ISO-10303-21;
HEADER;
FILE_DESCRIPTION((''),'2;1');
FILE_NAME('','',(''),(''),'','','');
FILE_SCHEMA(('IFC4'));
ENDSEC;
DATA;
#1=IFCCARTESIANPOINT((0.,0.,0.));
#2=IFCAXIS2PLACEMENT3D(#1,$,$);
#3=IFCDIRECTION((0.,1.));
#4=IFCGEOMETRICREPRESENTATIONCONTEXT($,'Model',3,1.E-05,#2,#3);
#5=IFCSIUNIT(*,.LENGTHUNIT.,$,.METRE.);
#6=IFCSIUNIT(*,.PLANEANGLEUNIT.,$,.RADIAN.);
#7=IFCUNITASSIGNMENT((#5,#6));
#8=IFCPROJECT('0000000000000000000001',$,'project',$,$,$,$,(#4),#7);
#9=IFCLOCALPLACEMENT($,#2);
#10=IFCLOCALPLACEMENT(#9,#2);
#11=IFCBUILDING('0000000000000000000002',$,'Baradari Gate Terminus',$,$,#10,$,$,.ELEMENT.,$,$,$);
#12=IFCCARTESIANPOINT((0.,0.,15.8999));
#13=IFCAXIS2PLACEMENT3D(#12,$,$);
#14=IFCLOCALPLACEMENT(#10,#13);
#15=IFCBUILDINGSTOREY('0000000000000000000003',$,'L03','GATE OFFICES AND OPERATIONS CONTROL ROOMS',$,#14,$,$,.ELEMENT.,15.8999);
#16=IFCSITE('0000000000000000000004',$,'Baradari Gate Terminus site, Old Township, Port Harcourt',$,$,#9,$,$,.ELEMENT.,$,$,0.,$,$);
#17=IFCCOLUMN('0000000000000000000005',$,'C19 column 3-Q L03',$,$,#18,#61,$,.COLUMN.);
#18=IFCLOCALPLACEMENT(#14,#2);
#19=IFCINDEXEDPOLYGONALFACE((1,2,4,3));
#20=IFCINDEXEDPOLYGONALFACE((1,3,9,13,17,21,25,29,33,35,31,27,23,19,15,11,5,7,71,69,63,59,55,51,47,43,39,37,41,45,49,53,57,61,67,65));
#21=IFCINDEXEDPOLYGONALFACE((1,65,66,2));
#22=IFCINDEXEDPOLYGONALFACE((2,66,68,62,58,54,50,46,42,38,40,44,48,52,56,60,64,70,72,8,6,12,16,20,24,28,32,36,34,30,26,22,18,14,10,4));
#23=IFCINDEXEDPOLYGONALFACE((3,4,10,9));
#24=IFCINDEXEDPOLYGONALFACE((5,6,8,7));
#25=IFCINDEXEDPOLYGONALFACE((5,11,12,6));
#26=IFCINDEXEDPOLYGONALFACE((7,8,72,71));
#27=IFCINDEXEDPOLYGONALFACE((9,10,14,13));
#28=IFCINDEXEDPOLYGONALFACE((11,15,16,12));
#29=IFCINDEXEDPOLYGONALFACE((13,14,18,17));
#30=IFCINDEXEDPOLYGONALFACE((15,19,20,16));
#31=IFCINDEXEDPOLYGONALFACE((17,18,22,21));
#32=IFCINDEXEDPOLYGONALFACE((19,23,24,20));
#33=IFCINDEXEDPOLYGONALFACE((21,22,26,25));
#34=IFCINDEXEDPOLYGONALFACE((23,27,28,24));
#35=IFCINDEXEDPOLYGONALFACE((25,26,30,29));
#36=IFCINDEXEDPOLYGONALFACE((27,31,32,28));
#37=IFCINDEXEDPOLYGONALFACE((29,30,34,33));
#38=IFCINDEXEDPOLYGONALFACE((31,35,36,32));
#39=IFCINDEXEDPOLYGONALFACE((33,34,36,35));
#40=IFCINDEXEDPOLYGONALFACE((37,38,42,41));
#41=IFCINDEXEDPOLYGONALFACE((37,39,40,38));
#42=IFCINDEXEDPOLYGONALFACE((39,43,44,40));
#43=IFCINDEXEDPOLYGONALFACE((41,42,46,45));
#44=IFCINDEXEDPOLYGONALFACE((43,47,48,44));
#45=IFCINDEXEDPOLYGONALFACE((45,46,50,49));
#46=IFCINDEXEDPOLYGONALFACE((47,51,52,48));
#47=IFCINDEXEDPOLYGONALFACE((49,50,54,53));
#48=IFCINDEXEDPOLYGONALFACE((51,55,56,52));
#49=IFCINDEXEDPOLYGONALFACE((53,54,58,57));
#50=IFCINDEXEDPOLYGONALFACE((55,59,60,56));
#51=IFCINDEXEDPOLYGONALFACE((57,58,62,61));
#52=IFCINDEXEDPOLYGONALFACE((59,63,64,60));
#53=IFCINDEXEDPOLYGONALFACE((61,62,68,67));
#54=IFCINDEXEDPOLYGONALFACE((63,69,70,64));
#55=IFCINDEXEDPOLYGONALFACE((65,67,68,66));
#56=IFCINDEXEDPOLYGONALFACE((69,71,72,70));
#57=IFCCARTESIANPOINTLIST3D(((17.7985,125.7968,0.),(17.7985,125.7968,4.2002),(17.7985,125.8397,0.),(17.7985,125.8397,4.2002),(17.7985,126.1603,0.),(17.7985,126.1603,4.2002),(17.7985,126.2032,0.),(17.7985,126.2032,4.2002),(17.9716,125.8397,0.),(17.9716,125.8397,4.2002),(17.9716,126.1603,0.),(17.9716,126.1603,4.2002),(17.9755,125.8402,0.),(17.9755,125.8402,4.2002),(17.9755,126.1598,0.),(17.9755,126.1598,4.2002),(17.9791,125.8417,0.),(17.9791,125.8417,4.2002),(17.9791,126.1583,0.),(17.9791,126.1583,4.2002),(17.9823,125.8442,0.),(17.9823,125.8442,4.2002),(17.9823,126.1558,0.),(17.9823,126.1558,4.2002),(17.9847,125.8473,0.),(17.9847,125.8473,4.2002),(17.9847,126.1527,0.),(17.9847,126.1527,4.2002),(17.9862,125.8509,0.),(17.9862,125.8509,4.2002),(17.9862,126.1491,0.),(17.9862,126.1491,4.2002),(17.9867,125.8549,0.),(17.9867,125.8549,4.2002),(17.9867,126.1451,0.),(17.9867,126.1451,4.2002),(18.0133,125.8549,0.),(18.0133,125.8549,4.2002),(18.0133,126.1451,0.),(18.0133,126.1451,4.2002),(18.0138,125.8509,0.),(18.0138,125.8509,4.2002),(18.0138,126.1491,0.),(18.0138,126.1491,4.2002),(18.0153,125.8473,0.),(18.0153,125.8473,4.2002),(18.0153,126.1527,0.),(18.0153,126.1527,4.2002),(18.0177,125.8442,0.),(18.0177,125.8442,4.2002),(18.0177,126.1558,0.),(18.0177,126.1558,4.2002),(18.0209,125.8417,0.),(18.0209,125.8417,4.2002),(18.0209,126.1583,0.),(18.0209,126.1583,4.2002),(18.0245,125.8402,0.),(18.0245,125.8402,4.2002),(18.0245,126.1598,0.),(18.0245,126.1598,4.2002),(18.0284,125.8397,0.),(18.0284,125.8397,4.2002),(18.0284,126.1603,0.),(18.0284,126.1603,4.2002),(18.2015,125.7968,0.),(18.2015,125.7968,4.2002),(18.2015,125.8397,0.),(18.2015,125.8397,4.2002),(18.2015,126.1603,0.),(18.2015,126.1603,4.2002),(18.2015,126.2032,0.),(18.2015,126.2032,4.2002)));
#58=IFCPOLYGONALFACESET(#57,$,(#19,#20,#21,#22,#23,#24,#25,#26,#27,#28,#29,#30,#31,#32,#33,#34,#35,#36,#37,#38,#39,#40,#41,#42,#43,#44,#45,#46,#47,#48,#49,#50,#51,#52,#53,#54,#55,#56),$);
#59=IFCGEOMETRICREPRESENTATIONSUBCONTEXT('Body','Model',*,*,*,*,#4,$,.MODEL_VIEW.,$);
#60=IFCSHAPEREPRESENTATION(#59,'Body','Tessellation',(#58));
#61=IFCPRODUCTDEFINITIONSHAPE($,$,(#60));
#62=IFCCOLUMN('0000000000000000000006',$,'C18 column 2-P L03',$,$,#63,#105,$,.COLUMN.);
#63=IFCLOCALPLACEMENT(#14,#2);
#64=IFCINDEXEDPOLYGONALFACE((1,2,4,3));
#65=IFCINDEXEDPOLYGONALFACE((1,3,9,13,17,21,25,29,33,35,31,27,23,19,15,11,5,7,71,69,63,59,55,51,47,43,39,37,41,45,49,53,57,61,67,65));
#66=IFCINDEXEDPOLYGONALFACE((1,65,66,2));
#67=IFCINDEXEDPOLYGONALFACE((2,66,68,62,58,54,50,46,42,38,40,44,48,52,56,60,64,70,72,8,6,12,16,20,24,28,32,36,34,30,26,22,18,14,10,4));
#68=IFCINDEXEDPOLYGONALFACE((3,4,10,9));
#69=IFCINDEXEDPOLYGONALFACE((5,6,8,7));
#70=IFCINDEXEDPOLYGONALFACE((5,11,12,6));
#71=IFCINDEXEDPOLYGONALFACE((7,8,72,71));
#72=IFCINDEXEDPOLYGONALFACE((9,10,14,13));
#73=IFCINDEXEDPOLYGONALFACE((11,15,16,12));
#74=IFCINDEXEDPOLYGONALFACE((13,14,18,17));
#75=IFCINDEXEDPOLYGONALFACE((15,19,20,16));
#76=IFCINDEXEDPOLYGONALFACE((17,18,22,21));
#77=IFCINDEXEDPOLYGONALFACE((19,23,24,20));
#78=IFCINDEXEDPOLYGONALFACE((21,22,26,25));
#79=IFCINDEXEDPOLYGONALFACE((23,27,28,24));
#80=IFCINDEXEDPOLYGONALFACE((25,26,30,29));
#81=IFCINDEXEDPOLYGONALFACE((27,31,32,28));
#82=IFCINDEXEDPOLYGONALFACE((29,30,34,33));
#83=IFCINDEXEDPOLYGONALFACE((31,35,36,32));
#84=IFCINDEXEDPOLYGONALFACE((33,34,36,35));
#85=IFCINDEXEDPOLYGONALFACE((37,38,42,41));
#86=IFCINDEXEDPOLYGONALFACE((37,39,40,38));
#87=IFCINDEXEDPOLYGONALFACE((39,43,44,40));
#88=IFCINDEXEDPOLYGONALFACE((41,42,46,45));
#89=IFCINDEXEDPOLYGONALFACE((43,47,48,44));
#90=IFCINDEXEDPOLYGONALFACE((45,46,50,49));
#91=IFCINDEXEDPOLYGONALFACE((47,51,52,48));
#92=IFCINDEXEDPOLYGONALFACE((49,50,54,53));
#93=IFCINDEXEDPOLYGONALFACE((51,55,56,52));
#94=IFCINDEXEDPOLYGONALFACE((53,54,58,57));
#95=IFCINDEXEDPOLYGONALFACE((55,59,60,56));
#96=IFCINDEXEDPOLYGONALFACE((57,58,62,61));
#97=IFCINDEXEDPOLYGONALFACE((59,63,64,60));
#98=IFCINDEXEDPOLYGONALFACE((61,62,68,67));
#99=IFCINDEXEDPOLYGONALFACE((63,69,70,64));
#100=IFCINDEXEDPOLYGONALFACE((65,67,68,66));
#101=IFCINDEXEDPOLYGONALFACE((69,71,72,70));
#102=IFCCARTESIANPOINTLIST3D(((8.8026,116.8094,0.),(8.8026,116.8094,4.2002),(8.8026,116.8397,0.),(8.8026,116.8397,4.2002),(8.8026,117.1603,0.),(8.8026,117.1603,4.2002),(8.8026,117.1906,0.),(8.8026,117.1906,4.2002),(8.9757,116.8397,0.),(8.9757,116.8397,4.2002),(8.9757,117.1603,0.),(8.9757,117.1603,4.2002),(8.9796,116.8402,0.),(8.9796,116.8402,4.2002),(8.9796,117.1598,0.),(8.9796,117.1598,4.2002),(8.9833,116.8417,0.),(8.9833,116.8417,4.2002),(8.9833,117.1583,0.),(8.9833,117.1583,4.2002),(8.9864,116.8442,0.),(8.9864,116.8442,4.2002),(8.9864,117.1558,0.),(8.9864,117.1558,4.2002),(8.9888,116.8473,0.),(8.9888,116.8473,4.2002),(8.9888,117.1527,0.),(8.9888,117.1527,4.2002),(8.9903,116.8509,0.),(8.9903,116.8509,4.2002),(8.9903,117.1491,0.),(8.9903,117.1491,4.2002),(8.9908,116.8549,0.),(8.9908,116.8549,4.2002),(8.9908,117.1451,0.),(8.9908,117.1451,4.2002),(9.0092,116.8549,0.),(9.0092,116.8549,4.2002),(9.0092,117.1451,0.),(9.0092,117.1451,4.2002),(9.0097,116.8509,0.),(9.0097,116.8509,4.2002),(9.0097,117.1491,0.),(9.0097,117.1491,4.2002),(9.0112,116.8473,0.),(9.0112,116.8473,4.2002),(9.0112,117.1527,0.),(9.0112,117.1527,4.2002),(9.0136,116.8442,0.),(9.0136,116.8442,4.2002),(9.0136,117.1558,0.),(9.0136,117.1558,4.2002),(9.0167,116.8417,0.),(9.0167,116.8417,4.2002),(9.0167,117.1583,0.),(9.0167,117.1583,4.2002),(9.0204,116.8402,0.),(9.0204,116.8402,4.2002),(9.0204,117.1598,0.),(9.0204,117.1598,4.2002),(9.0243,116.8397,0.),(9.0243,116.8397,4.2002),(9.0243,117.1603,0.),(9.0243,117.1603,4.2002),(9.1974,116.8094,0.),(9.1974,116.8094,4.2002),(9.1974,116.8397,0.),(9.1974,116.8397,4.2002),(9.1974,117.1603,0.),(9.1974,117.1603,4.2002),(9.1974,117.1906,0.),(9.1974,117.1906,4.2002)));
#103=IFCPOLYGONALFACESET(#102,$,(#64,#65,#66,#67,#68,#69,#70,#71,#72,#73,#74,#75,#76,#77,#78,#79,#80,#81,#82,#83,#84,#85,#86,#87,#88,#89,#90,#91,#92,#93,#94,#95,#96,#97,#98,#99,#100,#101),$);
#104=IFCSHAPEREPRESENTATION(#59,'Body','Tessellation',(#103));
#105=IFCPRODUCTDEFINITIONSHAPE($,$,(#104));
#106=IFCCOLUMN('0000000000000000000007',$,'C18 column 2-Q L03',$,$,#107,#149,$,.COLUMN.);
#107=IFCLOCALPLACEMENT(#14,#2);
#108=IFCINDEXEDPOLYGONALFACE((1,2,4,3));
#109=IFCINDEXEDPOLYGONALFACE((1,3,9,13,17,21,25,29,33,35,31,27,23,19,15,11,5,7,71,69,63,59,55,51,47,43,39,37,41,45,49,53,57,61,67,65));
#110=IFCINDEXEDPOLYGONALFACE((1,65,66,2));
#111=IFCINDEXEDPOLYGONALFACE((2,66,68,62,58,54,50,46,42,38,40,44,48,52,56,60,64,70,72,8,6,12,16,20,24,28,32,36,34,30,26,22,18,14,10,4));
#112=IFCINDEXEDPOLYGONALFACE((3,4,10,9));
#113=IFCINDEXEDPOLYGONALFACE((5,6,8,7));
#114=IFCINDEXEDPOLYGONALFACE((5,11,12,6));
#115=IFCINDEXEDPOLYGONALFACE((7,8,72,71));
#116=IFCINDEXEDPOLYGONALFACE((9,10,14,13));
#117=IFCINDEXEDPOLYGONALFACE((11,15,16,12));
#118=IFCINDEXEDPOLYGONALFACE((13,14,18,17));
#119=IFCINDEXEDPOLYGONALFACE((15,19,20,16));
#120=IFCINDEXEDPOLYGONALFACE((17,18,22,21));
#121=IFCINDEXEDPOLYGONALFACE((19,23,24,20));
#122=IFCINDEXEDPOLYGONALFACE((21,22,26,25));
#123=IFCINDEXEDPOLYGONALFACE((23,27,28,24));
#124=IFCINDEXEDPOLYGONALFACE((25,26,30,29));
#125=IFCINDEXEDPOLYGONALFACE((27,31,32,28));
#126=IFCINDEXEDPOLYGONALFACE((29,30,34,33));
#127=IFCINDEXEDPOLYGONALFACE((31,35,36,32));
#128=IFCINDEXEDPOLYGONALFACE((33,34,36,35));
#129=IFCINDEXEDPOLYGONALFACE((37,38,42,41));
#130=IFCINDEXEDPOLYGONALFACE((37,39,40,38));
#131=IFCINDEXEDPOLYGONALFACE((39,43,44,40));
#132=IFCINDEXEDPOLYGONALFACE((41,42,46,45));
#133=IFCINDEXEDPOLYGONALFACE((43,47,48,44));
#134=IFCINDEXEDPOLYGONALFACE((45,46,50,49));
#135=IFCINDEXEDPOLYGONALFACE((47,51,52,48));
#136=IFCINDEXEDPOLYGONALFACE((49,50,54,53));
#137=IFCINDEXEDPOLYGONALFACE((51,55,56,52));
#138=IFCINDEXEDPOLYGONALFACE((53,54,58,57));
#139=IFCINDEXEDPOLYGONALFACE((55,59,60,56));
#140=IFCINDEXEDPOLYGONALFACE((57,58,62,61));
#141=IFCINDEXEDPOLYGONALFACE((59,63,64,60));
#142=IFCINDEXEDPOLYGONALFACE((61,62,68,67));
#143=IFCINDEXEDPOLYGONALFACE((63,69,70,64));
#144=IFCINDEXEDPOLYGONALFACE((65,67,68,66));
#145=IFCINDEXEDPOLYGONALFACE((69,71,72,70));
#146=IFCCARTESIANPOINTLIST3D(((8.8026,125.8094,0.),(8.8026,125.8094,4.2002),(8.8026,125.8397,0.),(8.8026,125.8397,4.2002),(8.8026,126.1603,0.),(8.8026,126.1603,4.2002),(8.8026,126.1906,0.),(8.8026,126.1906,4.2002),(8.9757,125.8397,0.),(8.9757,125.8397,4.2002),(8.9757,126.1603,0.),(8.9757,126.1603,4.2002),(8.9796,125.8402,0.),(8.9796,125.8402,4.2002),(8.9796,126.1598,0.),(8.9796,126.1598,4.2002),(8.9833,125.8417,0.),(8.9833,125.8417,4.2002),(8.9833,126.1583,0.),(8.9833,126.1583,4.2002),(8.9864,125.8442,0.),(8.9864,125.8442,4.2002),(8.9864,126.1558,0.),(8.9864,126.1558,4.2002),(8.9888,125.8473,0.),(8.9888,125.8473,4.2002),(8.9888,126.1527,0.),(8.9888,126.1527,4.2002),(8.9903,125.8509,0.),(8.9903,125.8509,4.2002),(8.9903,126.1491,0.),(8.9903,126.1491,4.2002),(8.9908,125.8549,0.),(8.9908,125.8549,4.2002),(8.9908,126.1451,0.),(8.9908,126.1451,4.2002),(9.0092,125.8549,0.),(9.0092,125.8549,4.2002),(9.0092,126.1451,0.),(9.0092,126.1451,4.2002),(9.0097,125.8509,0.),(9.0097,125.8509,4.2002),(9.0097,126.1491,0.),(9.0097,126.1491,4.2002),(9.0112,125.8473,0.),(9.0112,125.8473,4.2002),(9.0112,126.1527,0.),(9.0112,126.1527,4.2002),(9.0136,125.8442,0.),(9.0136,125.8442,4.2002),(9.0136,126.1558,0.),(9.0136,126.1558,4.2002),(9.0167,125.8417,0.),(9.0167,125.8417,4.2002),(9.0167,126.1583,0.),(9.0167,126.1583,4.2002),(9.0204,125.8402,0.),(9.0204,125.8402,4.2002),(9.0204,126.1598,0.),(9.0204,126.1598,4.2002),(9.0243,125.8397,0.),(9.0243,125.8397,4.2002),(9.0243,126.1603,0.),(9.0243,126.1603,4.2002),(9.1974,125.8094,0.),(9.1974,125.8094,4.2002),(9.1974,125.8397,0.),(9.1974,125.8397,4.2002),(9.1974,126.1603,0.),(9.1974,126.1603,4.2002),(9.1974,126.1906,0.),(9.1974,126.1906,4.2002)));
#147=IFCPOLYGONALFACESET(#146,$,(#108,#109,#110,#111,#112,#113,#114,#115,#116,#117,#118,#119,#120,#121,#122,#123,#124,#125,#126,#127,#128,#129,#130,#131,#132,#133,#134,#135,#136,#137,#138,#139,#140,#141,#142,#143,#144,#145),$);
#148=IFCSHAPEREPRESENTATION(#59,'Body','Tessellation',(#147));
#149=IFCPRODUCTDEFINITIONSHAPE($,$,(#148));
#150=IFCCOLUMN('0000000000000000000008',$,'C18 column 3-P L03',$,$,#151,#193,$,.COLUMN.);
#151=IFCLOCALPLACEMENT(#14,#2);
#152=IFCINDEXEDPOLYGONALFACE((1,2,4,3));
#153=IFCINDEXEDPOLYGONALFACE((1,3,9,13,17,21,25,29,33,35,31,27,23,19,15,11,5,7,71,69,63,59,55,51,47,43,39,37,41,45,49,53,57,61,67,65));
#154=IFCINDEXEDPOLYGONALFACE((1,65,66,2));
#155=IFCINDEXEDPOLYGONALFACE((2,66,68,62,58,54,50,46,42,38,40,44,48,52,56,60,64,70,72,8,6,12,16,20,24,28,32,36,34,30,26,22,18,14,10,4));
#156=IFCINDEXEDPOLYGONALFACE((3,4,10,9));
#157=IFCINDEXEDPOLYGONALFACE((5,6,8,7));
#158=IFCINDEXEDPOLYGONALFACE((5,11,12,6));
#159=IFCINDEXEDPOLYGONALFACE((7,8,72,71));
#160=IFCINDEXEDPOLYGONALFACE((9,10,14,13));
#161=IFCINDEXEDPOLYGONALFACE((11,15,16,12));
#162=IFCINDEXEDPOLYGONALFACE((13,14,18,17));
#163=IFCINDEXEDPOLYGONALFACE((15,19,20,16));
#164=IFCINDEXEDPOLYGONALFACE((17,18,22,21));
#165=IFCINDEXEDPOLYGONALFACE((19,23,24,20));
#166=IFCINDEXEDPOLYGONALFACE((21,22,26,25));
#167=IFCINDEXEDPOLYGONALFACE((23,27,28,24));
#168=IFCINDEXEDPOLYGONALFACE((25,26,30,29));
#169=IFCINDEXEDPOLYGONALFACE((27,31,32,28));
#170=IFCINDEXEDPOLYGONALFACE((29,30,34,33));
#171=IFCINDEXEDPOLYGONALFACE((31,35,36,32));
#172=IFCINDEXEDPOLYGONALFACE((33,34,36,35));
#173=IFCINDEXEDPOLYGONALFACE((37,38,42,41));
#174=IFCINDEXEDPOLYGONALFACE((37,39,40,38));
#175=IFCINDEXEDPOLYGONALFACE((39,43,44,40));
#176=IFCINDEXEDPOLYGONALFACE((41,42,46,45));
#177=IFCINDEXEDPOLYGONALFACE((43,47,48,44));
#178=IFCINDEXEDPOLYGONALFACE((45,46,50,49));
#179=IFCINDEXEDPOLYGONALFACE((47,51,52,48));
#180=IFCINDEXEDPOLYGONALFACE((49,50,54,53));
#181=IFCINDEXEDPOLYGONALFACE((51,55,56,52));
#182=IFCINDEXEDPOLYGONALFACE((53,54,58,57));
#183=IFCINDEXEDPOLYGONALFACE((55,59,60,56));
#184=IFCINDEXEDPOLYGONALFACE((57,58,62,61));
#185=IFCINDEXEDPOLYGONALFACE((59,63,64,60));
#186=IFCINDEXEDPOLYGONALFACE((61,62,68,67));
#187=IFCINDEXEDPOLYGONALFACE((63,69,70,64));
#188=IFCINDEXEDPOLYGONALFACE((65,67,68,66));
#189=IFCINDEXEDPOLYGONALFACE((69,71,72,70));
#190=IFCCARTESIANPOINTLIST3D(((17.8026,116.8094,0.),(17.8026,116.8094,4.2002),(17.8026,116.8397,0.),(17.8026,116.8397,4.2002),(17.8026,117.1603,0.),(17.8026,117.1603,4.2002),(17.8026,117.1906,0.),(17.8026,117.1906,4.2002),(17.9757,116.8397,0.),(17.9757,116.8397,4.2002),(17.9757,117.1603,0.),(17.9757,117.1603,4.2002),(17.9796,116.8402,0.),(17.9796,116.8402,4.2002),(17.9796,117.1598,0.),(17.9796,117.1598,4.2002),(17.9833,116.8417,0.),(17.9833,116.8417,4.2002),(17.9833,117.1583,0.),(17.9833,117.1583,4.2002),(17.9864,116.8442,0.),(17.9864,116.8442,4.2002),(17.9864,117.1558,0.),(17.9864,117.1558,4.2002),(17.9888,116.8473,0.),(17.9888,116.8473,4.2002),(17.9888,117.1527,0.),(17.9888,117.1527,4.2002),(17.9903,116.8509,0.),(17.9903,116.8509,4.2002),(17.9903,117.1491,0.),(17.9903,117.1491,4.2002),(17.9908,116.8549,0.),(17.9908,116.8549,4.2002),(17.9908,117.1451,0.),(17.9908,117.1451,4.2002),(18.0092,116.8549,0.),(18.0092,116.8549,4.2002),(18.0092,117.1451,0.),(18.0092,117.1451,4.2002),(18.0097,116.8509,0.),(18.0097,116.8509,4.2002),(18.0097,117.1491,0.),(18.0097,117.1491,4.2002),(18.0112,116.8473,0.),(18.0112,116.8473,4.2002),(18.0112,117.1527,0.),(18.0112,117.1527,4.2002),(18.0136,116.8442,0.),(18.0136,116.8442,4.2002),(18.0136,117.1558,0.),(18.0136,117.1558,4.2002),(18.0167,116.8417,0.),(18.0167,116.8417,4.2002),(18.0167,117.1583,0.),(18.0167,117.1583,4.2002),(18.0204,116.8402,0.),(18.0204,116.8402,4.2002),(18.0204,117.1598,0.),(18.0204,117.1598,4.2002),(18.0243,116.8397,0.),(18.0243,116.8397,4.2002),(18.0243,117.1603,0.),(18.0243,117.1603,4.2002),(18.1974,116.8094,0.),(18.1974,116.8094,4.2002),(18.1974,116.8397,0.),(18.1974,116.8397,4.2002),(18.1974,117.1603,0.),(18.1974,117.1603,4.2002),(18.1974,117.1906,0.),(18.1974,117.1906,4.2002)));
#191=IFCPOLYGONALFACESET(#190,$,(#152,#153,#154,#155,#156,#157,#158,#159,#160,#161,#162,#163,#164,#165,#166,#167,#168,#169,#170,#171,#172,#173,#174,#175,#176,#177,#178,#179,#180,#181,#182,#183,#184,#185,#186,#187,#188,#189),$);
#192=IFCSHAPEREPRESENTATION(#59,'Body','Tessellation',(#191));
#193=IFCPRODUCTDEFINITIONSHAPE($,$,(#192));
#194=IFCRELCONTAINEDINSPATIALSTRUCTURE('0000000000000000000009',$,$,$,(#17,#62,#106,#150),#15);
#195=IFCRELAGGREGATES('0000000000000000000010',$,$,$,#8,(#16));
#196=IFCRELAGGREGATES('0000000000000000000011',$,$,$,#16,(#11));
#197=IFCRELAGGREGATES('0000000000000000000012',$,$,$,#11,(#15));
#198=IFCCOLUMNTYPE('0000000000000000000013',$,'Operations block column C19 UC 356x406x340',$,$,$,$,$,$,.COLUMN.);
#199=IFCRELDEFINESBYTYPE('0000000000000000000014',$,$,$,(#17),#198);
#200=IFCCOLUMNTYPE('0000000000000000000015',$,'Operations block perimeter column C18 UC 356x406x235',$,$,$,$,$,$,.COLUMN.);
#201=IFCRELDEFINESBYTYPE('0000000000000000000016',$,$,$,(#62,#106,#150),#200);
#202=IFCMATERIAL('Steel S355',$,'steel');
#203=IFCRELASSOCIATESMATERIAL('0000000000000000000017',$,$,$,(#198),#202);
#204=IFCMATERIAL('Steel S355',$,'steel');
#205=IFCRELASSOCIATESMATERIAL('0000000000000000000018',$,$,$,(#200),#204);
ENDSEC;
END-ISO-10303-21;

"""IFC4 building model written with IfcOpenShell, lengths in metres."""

from ifc_helpers import new_model, si_unit, direction, frame, origin, origin_2d, place, context, subcontext, project, spatial, i_section, extrude, material, material_profile, profile_set, type_object, element, save


model = new_model("IFC4")

# Units and contexts
model_context = context("Model", 3, precision=1e-05, world=origin(), true_north=direction((0.0, 1.0)))
body_context = subcontext(model_context, "Body", "Model", "MODEL_VIEW")
ifc_project = project(units=[si_unit("LENGTHUNIT", "METRE"), si_unit("PLANEANGLEUNIT", "RADIAN")], contexts=[model_context])

# Site, building, storey
site_placement = place(None, origin())
site = spatial("IfcSite", under=ifc_project, at=site_placement, Name="Baradari Gate Terminus site, Old Township, Port Harcourt", CompositionType="ELEMENT", RefElevation=0.0)
building_placement = place(site_placement, origin())
building = spatial("IfcBuilding", under=site, at=building_placement, Name="Baradari Gate Terminus", CompositionType="ELEMENT")
storey_placement = place(building_placement, frame((0.0, 0.0, 15.8999)))
storey = spatial("IfcBuildingStorey", under=building, at=storey_placement, Name="L03", Description="GATE OFFICES AND OPERATIONS CONTROL ROOMS", CompositionType="ELEMENT", Elevation=15.8999)

# Columns
ifc_material_1 = material(Name="Steel S355", Category="steel")
ifc_material_profile_1 = material_profile(ifc_material_1, i_section(OverallWidth=0.4031, OverallDepth=0.4065, WebThickness=0.0266, FlangeThickness=0.043, FilletRadius=0.0151, at=origin_2d()), Name="UC 356x406x340")
ifc_profile_set_1 = profile_set([ifc_material_profile_1], Name="Steel S355")
column_type_1 = type_object("IfcColumnType", Name="Operations block column C19 UC 356x406x340", PredefinedType="COLUMN", material=ifc_profile_set_1)
column_placement = place(storey_placement, frame((18.0, 126.0, 0.0), z_axis=(0.0, 0.0, 1.0), x_axis=(1.0, 0.0, 0.0)))
element("IfcColumn", 1, at=column_placement, inside=storey, type_object=column_type_1, Name="C19 column 3-Q L03", PredefinedType="COLUMN", context=body_context, shape_type="SweptSolid", body=[
    extrude(i_section(OverallWidth=0.4031, OverallDepth=0.4065, WebThickness=0.0266, FlangeThickness=0.043, FilletRadius=0.0151, at=origin_2d()), origin(), (0.0, 0.0, 1.0), 4.2002),
])
ifc_material_2 = material(Name="Steel S355", Category="steel")
ifc_material_profile_2 = material_profile(ifc_material_2, i_section(OverallWidth=0.3948, OverallDepth=0.3811, WebThickness=0.0183, FlangeThickness=0.0303, FilletRadius=0.0151, at=origin_2d()), Name="UC 356x406x235")
ifc_profile_set_2 = profile_set([ifc_material_profile_2], Name="Steel S355")
column_type_2 = type_object("IfcColumnType", Name="Operations block perimeter column C18 UC 356x406x235", PredefinedType="COLUMN", material=ifc_profile_set_2)
for number, where, z_axis, x_axis, name in (
    (2, (9.0, 117.0, 0.0), (0.0, 0.0, 1.0), (1.0, 0.0, 0.0), "C18 column 2-P L03"),
    (3, (9.0, 126.0, 0.0), (0.0, 0.0, 1.0), (1.0, 0.0, 0.0), "C18 column 2-Q L03"),
    (4, (18.0, 117.0, 0.0), (0.0, 0.0, 1.0), (1.0, 0.0, 0.0), "C18 column 3-P L03"),
):
    element("IfcColumn", number, at=place(storey_placement, frame(where, z_axis=z_axis, x_axis=x_axis)), inside=storey, type_object=column_type_2, Name=name, PredefinedType="COLUMN", context=body_context, shape_type="SweptSolid", body=[
        extrude(i_section(OverallWidth=0.3948, OverallDepth=0.3811, WebThickness=0.0183, FlangeThickness=0.0303, FilletRadius=0.0151, at=origin_2d()), origin(), (0.0, 0.0, 1.0), 4.2002),
    ])

save(model, "model.ifc")
